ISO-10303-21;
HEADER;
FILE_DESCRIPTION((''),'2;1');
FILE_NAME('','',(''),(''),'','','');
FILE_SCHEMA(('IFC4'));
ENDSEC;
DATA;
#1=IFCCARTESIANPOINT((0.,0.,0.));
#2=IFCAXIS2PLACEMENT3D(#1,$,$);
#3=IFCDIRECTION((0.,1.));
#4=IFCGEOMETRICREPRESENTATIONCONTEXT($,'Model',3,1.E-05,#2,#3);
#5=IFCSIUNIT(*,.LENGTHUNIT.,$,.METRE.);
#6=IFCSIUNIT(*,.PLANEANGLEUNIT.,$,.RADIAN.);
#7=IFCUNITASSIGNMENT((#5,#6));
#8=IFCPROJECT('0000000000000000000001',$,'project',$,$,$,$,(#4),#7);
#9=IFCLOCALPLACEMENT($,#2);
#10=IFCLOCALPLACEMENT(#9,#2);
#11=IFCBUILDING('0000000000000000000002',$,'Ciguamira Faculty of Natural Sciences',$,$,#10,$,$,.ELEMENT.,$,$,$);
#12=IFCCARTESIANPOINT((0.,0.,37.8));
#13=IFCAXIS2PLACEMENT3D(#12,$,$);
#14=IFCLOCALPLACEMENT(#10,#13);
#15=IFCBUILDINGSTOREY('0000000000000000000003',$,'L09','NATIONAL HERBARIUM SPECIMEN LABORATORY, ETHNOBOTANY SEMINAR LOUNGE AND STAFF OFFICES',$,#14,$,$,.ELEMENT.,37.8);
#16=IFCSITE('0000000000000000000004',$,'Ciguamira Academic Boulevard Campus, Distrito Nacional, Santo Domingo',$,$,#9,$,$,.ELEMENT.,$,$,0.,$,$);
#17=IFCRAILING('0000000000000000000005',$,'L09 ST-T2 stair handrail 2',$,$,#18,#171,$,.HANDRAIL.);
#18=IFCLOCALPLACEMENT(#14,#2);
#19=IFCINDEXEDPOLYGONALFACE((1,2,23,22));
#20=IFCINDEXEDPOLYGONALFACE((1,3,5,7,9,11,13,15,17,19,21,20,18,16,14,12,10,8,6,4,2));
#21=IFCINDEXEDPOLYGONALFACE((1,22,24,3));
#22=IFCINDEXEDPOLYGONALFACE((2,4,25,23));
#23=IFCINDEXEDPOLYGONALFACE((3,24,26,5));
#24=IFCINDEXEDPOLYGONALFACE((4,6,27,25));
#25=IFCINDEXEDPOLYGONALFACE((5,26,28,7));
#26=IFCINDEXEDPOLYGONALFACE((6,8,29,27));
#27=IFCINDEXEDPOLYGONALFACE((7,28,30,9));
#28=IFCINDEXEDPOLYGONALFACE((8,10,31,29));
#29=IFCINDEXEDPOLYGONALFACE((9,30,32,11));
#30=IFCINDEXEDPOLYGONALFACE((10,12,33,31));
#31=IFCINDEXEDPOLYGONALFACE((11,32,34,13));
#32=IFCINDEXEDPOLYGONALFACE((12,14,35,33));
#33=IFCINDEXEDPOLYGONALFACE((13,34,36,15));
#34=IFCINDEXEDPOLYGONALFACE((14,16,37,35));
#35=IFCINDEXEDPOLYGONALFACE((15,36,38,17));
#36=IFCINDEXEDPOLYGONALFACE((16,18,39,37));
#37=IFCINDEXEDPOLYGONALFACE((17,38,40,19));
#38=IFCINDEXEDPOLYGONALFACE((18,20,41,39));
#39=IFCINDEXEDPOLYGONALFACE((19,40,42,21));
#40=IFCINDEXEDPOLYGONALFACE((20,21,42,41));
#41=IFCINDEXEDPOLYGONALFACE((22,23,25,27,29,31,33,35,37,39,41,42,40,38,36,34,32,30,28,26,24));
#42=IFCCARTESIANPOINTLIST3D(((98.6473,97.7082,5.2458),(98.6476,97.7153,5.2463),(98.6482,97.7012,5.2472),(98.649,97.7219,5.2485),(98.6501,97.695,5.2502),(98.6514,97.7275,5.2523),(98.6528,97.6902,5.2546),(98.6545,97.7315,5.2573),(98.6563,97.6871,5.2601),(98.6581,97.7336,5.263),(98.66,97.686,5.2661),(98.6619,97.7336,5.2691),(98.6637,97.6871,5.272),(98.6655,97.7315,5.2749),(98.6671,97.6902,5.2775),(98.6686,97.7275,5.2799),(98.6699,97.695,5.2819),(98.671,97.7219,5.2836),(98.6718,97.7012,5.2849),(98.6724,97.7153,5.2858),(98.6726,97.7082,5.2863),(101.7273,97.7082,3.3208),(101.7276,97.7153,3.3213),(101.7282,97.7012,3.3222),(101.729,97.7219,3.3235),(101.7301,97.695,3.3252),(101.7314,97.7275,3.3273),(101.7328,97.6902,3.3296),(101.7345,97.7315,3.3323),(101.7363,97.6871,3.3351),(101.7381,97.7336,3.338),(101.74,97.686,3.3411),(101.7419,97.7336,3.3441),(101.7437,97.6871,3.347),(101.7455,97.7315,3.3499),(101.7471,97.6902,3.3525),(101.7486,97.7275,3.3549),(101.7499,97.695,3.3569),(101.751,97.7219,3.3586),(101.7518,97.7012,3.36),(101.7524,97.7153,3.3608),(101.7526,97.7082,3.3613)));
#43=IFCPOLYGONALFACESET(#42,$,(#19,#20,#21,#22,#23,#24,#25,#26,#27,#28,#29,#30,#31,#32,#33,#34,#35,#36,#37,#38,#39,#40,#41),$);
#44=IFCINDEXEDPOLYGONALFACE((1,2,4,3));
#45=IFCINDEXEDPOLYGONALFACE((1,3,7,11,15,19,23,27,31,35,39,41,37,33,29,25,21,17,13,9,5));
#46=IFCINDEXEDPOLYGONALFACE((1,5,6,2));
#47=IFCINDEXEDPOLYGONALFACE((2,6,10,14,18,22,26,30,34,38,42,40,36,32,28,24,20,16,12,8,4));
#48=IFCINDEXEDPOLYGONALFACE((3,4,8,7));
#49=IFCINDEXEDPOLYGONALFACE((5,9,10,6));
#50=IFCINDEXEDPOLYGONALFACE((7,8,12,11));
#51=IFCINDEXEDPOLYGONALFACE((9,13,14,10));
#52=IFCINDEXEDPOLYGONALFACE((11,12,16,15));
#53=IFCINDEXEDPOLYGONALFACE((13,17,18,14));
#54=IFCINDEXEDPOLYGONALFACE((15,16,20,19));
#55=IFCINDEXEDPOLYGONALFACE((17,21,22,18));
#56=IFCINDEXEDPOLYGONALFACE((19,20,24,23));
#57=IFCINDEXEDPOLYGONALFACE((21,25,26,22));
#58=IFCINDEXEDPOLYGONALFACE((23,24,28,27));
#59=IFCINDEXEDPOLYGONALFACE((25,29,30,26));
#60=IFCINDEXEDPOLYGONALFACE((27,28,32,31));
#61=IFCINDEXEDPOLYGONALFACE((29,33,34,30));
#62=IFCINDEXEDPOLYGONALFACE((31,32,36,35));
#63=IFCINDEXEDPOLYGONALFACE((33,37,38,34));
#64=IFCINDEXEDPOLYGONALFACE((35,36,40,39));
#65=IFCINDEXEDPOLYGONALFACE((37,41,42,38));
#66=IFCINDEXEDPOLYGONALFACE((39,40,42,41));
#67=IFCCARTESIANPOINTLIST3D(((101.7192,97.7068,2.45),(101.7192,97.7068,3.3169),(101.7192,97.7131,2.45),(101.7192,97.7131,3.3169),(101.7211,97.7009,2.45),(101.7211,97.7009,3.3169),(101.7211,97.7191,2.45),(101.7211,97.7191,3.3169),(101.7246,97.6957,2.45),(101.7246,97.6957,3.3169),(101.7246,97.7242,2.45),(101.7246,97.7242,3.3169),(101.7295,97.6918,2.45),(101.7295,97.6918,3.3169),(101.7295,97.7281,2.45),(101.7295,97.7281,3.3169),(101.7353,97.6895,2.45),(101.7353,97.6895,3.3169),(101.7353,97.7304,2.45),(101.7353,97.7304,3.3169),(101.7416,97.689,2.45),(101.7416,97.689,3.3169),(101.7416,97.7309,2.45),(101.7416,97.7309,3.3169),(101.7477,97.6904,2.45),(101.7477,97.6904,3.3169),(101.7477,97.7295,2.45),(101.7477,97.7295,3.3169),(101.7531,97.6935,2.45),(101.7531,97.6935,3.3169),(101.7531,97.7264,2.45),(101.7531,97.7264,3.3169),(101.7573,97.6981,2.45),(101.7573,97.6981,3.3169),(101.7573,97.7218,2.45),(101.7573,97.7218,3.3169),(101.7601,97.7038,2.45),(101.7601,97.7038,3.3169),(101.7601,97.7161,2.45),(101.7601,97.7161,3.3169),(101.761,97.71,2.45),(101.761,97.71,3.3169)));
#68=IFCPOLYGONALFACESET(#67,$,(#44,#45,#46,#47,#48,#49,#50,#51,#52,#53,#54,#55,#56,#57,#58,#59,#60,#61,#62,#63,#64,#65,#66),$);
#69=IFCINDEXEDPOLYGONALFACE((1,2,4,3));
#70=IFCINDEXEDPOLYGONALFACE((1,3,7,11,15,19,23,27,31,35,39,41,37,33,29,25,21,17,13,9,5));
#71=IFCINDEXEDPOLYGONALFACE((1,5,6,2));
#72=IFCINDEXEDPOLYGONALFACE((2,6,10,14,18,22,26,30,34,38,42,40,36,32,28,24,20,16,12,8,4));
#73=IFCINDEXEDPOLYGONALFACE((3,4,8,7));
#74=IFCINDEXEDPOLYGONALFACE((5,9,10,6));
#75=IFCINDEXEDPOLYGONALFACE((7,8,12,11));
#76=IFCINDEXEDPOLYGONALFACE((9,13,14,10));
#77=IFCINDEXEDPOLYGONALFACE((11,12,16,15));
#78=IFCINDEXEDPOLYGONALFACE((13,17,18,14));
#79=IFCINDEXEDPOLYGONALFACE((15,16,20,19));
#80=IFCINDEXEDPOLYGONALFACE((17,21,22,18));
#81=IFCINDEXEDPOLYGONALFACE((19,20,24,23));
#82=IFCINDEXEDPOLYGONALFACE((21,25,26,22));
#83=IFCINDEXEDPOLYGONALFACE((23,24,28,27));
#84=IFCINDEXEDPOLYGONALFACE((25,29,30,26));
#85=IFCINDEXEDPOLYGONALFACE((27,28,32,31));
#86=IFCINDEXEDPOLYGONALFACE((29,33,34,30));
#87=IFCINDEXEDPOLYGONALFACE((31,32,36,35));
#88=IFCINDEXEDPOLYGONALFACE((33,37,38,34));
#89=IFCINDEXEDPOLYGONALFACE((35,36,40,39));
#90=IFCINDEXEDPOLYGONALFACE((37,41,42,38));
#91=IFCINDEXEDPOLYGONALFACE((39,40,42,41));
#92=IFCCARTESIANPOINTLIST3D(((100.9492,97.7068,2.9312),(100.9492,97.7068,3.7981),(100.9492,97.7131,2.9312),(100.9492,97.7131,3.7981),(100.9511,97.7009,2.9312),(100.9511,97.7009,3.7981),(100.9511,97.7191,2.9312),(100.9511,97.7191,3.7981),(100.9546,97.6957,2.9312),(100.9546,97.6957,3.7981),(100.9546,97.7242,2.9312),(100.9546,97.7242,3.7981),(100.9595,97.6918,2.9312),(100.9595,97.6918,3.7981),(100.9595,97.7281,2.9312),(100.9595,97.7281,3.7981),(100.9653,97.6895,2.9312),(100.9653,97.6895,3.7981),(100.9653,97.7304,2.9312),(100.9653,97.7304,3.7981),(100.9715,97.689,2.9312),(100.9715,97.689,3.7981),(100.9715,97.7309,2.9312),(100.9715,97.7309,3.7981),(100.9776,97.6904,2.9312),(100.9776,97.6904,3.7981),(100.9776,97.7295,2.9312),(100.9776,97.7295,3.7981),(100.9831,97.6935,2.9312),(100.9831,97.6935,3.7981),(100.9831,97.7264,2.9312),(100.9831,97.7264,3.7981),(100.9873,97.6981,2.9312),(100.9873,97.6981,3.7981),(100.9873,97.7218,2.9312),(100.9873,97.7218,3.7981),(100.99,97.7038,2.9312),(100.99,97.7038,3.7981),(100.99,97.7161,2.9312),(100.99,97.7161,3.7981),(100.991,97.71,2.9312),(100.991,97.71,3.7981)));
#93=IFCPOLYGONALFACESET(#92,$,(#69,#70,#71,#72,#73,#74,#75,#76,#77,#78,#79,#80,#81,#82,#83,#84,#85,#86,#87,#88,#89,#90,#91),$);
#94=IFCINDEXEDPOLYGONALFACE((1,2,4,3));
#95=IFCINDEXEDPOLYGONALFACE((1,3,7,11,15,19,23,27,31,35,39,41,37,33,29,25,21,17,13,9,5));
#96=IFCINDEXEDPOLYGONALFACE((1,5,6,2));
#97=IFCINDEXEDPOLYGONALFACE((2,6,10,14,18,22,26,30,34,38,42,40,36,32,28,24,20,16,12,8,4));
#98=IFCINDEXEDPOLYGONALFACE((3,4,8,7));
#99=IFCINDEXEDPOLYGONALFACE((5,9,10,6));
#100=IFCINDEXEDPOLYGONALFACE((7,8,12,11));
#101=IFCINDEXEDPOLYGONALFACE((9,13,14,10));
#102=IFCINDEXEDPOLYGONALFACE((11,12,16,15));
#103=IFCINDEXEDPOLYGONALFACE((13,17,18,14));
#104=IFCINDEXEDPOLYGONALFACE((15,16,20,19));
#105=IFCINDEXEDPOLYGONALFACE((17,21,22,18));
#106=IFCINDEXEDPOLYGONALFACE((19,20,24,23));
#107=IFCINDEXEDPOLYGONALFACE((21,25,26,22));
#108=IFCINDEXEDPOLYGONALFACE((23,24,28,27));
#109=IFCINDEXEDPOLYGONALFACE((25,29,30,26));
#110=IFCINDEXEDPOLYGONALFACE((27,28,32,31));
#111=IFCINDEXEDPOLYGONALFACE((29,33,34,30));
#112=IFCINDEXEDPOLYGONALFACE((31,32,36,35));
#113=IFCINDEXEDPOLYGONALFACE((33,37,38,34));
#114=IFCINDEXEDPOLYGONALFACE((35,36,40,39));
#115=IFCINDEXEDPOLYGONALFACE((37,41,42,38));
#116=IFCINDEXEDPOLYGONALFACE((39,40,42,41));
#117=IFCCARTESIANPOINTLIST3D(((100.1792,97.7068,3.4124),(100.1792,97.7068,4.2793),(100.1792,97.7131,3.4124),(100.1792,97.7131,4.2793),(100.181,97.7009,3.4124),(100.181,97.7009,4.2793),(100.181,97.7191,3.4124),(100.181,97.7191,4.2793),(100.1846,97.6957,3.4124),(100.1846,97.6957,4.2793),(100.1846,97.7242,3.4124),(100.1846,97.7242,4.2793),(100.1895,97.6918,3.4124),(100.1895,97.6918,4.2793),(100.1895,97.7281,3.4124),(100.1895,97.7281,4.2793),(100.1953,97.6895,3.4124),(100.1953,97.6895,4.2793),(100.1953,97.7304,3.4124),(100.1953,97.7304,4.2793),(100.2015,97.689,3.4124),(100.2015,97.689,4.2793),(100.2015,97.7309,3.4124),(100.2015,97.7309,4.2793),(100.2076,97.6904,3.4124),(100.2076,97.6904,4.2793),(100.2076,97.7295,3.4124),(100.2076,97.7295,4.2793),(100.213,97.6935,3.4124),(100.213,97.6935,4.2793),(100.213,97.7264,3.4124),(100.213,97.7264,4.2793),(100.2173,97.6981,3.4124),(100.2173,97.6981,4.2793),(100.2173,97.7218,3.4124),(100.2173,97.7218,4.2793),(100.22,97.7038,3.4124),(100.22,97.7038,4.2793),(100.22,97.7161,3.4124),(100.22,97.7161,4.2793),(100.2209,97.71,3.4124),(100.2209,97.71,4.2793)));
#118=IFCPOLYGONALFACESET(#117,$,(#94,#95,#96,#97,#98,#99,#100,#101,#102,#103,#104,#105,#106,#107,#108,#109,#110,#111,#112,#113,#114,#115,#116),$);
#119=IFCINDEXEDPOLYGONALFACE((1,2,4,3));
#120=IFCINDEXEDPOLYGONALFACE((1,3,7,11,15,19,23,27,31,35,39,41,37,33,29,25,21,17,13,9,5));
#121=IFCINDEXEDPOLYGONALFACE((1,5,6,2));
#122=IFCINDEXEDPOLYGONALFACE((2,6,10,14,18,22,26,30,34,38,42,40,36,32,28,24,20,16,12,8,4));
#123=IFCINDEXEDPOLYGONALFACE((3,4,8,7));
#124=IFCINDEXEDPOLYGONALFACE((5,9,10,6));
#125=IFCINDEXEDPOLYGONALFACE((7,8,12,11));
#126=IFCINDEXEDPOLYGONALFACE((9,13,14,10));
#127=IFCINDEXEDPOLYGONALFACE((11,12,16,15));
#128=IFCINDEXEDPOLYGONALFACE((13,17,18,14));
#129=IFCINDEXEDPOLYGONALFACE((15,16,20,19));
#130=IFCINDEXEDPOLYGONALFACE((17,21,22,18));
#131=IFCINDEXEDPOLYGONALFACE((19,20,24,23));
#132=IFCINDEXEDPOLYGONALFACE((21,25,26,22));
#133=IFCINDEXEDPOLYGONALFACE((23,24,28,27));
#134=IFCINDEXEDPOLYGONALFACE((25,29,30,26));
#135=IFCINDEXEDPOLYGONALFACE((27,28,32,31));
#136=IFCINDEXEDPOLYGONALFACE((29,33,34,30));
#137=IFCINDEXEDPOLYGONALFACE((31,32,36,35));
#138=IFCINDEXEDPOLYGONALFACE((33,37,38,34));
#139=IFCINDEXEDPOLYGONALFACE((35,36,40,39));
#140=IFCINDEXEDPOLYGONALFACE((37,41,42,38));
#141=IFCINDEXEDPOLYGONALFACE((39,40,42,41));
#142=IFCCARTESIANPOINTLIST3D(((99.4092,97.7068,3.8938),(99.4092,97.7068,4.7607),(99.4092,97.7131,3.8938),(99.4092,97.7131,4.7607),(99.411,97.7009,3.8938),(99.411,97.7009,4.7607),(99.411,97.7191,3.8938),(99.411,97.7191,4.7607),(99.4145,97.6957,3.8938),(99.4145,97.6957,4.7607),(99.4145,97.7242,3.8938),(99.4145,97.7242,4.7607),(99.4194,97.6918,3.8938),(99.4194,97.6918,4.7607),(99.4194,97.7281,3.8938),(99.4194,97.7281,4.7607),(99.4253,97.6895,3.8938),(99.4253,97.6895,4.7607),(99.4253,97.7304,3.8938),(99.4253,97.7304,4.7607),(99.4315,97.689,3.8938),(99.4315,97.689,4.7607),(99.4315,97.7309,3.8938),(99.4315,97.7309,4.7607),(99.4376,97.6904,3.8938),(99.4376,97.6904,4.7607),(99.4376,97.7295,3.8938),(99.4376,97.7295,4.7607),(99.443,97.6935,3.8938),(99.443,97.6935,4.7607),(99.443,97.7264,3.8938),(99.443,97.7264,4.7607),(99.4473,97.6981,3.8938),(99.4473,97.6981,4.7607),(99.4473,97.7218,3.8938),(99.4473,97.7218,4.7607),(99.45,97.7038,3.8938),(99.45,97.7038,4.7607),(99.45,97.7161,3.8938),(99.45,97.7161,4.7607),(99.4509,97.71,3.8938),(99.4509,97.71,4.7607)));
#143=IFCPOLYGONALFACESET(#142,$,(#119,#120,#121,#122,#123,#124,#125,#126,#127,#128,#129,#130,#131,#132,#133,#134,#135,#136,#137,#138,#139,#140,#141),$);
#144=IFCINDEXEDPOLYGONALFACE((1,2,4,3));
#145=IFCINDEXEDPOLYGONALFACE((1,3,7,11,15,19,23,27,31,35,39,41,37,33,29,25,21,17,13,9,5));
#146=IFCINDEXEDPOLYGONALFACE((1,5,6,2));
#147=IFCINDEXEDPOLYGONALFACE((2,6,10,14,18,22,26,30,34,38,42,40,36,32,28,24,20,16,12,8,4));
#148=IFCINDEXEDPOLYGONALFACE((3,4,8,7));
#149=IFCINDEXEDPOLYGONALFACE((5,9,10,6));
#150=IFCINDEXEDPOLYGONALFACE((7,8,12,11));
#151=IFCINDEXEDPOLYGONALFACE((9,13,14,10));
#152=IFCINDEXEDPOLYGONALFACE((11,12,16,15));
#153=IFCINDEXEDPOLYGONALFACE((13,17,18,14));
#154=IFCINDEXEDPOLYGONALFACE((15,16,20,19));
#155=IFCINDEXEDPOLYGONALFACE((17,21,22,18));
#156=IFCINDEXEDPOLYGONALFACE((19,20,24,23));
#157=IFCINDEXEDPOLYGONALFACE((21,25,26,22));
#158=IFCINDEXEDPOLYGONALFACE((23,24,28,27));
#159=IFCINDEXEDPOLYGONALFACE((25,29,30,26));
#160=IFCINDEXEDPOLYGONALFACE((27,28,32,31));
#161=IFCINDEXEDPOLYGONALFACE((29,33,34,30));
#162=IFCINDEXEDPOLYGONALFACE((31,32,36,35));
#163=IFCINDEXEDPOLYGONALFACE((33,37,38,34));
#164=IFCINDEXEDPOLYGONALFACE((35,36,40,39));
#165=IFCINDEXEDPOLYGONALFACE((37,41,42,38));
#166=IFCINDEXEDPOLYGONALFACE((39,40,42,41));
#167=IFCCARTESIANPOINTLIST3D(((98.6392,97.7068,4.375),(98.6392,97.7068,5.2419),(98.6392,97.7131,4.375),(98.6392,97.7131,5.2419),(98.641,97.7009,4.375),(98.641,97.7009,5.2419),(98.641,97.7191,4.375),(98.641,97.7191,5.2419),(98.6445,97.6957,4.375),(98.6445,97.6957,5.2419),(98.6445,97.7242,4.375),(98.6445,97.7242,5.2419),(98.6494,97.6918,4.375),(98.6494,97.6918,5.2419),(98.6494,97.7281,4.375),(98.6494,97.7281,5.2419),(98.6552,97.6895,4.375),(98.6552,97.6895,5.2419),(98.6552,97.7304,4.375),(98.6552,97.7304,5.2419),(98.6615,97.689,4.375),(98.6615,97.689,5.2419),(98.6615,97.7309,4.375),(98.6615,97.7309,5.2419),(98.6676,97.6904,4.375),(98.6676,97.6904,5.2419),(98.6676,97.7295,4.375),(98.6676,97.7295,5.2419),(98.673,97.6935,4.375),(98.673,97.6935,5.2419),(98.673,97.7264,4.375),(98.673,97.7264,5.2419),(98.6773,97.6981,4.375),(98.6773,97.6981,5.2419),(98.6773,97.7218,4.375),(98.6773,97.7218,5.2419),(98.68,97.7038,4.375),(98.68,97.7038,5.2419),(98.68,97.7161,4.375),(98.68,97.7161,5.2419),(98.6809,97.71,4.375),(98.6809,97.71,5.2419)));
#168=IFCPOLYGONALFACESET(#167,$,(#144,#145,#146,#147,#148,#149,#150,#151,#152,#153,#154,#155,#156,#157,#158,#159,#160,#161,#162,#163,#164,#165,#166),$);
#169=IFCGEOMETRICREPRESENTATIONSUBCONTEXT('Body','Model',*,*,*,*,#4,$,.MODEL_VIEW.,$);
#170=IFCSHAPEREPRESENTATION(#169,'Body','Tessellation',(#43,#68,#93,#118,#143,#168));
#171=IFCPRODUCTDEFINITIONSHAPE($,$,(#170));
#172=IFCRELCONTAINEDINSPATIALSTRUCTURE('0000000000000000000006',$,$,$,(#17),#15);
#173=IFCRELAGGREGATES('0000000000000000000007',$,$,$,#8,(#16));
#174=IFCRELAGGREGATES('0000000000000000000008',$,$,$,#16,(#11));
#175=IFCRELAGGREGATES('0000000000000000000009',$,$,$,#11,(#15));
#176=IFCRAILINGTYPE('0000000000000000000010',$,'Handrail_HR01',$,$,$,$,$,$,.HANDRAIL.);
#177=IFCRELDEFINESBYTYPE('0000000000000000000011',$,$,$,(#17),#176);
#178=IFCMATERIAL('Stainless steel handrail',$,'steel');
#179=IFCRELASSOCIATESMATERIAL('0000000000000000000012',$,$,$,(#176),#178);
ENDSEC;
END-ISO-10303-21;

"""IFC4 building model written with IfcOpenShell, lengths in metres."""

from ifc_helpers import new_model, si_unit, direction, frame, origin, origin_2d, place, context, subcontext, project, spatial, circle, extrude, material, type_object, element, save


model = new_model("IFC4")

# Units and contexts
model_context = context("Model", 3, precision=1e-05, world=origin(), true_north=direction((0.0, 1.0)))
body_context = subcontext(model_context, "Body", "Model", "MODEL_VIEW")
ifc_project = project(units=[si_unit("LENGTHUNIT", "METRE"), si_unit("PLANEANGLEUNIT", "RADIAN")], contexts=[model_context])

# Site, building, storey
site_placement = place(None, origin())
site = spatial("IfcSite", under=ifc_project, at=site_placement, Name="Ciguamira Academic Boulevard Campus, Distrito Nacional, Santo Domingo", CompositionType="ELEMENT", RefElevation=0.0)
building_placement = place(site_placement, origin())
building = spatial("IfcBuilding", under=site, at=building_placement, Name="Ciguamira Faculty of Natural Sciences", CompositionType="ELEMENT")
storey_placement = place(building_placement, frame((0.0, 0.0, 37.8)))
storey = spatial("IfcBuildingStorey", under=building, at=storey_placement, Name="L09", Description="NATIONAL HERBARIUM SPECIMEN LABORATORY, ETHNOBOTANY SEMINAR LOUNGE AND STAFF OFFICES", CompositionType="ELEMENT", Elevation=37.8)

# Railing
ifc_material_1 = material(Name="Stainless steel handrail", Category="steel")
railing_type = type_object("IfcRailingType", Name="Handrail_HR01", PredefinedType="HANDRAIL", material=ifc_material_1)
railing_placement = place(storey_placement, frame((101.74, 97.71, 2.45)))
element("IfcRailing", 1, at=railing_placement, inside=storey, type_object=railing_type, Name="L09 ST-T2 stair handrail 2", PredefinedType="HANDRAIL", context=body_context, shape_type="SweptSolid", body=[
    extrude(circle(Radius=0.0239, at=origin_2d()), frame((0.0, 0.0, 0.8911), z_axis=(-0.847998, 0.0, 0.529999), x_axis=(0.0, -1.0, 0.0)), (0.0, 0.0, 1.0), 3.6321),
    extrude(circle(Radius=0.021, at=origin_2d()), origin(), (0.0, 0.0, 1.0), 0.8669),
    extrude(circle(Radius=0.021, at=origin_2d()), frame((-0.77, 0.0, 0.4812)), (0.0, 0.0, 1.0), 0.8669),
    extrude(circle(Radius=0.021, at=origin_2d()), frame((-1.54, 0.0, 0.9624)), (0.0, 0.0, 1.0), 0.8669),
    extrude(circle(Radius=0.021, at=origin_2d()), frame((-2.3101, 0.0, 1.4438)), (0.0, 0.0, 1.0), 0.8669),
    extrude(circle(Radius=0.021, at=origin_2d()), frame((-3.0801, 0.0, 1.925)), (0.0, 0.0, 1.0), 0.8669),
])

save(model, "model.ifc")
